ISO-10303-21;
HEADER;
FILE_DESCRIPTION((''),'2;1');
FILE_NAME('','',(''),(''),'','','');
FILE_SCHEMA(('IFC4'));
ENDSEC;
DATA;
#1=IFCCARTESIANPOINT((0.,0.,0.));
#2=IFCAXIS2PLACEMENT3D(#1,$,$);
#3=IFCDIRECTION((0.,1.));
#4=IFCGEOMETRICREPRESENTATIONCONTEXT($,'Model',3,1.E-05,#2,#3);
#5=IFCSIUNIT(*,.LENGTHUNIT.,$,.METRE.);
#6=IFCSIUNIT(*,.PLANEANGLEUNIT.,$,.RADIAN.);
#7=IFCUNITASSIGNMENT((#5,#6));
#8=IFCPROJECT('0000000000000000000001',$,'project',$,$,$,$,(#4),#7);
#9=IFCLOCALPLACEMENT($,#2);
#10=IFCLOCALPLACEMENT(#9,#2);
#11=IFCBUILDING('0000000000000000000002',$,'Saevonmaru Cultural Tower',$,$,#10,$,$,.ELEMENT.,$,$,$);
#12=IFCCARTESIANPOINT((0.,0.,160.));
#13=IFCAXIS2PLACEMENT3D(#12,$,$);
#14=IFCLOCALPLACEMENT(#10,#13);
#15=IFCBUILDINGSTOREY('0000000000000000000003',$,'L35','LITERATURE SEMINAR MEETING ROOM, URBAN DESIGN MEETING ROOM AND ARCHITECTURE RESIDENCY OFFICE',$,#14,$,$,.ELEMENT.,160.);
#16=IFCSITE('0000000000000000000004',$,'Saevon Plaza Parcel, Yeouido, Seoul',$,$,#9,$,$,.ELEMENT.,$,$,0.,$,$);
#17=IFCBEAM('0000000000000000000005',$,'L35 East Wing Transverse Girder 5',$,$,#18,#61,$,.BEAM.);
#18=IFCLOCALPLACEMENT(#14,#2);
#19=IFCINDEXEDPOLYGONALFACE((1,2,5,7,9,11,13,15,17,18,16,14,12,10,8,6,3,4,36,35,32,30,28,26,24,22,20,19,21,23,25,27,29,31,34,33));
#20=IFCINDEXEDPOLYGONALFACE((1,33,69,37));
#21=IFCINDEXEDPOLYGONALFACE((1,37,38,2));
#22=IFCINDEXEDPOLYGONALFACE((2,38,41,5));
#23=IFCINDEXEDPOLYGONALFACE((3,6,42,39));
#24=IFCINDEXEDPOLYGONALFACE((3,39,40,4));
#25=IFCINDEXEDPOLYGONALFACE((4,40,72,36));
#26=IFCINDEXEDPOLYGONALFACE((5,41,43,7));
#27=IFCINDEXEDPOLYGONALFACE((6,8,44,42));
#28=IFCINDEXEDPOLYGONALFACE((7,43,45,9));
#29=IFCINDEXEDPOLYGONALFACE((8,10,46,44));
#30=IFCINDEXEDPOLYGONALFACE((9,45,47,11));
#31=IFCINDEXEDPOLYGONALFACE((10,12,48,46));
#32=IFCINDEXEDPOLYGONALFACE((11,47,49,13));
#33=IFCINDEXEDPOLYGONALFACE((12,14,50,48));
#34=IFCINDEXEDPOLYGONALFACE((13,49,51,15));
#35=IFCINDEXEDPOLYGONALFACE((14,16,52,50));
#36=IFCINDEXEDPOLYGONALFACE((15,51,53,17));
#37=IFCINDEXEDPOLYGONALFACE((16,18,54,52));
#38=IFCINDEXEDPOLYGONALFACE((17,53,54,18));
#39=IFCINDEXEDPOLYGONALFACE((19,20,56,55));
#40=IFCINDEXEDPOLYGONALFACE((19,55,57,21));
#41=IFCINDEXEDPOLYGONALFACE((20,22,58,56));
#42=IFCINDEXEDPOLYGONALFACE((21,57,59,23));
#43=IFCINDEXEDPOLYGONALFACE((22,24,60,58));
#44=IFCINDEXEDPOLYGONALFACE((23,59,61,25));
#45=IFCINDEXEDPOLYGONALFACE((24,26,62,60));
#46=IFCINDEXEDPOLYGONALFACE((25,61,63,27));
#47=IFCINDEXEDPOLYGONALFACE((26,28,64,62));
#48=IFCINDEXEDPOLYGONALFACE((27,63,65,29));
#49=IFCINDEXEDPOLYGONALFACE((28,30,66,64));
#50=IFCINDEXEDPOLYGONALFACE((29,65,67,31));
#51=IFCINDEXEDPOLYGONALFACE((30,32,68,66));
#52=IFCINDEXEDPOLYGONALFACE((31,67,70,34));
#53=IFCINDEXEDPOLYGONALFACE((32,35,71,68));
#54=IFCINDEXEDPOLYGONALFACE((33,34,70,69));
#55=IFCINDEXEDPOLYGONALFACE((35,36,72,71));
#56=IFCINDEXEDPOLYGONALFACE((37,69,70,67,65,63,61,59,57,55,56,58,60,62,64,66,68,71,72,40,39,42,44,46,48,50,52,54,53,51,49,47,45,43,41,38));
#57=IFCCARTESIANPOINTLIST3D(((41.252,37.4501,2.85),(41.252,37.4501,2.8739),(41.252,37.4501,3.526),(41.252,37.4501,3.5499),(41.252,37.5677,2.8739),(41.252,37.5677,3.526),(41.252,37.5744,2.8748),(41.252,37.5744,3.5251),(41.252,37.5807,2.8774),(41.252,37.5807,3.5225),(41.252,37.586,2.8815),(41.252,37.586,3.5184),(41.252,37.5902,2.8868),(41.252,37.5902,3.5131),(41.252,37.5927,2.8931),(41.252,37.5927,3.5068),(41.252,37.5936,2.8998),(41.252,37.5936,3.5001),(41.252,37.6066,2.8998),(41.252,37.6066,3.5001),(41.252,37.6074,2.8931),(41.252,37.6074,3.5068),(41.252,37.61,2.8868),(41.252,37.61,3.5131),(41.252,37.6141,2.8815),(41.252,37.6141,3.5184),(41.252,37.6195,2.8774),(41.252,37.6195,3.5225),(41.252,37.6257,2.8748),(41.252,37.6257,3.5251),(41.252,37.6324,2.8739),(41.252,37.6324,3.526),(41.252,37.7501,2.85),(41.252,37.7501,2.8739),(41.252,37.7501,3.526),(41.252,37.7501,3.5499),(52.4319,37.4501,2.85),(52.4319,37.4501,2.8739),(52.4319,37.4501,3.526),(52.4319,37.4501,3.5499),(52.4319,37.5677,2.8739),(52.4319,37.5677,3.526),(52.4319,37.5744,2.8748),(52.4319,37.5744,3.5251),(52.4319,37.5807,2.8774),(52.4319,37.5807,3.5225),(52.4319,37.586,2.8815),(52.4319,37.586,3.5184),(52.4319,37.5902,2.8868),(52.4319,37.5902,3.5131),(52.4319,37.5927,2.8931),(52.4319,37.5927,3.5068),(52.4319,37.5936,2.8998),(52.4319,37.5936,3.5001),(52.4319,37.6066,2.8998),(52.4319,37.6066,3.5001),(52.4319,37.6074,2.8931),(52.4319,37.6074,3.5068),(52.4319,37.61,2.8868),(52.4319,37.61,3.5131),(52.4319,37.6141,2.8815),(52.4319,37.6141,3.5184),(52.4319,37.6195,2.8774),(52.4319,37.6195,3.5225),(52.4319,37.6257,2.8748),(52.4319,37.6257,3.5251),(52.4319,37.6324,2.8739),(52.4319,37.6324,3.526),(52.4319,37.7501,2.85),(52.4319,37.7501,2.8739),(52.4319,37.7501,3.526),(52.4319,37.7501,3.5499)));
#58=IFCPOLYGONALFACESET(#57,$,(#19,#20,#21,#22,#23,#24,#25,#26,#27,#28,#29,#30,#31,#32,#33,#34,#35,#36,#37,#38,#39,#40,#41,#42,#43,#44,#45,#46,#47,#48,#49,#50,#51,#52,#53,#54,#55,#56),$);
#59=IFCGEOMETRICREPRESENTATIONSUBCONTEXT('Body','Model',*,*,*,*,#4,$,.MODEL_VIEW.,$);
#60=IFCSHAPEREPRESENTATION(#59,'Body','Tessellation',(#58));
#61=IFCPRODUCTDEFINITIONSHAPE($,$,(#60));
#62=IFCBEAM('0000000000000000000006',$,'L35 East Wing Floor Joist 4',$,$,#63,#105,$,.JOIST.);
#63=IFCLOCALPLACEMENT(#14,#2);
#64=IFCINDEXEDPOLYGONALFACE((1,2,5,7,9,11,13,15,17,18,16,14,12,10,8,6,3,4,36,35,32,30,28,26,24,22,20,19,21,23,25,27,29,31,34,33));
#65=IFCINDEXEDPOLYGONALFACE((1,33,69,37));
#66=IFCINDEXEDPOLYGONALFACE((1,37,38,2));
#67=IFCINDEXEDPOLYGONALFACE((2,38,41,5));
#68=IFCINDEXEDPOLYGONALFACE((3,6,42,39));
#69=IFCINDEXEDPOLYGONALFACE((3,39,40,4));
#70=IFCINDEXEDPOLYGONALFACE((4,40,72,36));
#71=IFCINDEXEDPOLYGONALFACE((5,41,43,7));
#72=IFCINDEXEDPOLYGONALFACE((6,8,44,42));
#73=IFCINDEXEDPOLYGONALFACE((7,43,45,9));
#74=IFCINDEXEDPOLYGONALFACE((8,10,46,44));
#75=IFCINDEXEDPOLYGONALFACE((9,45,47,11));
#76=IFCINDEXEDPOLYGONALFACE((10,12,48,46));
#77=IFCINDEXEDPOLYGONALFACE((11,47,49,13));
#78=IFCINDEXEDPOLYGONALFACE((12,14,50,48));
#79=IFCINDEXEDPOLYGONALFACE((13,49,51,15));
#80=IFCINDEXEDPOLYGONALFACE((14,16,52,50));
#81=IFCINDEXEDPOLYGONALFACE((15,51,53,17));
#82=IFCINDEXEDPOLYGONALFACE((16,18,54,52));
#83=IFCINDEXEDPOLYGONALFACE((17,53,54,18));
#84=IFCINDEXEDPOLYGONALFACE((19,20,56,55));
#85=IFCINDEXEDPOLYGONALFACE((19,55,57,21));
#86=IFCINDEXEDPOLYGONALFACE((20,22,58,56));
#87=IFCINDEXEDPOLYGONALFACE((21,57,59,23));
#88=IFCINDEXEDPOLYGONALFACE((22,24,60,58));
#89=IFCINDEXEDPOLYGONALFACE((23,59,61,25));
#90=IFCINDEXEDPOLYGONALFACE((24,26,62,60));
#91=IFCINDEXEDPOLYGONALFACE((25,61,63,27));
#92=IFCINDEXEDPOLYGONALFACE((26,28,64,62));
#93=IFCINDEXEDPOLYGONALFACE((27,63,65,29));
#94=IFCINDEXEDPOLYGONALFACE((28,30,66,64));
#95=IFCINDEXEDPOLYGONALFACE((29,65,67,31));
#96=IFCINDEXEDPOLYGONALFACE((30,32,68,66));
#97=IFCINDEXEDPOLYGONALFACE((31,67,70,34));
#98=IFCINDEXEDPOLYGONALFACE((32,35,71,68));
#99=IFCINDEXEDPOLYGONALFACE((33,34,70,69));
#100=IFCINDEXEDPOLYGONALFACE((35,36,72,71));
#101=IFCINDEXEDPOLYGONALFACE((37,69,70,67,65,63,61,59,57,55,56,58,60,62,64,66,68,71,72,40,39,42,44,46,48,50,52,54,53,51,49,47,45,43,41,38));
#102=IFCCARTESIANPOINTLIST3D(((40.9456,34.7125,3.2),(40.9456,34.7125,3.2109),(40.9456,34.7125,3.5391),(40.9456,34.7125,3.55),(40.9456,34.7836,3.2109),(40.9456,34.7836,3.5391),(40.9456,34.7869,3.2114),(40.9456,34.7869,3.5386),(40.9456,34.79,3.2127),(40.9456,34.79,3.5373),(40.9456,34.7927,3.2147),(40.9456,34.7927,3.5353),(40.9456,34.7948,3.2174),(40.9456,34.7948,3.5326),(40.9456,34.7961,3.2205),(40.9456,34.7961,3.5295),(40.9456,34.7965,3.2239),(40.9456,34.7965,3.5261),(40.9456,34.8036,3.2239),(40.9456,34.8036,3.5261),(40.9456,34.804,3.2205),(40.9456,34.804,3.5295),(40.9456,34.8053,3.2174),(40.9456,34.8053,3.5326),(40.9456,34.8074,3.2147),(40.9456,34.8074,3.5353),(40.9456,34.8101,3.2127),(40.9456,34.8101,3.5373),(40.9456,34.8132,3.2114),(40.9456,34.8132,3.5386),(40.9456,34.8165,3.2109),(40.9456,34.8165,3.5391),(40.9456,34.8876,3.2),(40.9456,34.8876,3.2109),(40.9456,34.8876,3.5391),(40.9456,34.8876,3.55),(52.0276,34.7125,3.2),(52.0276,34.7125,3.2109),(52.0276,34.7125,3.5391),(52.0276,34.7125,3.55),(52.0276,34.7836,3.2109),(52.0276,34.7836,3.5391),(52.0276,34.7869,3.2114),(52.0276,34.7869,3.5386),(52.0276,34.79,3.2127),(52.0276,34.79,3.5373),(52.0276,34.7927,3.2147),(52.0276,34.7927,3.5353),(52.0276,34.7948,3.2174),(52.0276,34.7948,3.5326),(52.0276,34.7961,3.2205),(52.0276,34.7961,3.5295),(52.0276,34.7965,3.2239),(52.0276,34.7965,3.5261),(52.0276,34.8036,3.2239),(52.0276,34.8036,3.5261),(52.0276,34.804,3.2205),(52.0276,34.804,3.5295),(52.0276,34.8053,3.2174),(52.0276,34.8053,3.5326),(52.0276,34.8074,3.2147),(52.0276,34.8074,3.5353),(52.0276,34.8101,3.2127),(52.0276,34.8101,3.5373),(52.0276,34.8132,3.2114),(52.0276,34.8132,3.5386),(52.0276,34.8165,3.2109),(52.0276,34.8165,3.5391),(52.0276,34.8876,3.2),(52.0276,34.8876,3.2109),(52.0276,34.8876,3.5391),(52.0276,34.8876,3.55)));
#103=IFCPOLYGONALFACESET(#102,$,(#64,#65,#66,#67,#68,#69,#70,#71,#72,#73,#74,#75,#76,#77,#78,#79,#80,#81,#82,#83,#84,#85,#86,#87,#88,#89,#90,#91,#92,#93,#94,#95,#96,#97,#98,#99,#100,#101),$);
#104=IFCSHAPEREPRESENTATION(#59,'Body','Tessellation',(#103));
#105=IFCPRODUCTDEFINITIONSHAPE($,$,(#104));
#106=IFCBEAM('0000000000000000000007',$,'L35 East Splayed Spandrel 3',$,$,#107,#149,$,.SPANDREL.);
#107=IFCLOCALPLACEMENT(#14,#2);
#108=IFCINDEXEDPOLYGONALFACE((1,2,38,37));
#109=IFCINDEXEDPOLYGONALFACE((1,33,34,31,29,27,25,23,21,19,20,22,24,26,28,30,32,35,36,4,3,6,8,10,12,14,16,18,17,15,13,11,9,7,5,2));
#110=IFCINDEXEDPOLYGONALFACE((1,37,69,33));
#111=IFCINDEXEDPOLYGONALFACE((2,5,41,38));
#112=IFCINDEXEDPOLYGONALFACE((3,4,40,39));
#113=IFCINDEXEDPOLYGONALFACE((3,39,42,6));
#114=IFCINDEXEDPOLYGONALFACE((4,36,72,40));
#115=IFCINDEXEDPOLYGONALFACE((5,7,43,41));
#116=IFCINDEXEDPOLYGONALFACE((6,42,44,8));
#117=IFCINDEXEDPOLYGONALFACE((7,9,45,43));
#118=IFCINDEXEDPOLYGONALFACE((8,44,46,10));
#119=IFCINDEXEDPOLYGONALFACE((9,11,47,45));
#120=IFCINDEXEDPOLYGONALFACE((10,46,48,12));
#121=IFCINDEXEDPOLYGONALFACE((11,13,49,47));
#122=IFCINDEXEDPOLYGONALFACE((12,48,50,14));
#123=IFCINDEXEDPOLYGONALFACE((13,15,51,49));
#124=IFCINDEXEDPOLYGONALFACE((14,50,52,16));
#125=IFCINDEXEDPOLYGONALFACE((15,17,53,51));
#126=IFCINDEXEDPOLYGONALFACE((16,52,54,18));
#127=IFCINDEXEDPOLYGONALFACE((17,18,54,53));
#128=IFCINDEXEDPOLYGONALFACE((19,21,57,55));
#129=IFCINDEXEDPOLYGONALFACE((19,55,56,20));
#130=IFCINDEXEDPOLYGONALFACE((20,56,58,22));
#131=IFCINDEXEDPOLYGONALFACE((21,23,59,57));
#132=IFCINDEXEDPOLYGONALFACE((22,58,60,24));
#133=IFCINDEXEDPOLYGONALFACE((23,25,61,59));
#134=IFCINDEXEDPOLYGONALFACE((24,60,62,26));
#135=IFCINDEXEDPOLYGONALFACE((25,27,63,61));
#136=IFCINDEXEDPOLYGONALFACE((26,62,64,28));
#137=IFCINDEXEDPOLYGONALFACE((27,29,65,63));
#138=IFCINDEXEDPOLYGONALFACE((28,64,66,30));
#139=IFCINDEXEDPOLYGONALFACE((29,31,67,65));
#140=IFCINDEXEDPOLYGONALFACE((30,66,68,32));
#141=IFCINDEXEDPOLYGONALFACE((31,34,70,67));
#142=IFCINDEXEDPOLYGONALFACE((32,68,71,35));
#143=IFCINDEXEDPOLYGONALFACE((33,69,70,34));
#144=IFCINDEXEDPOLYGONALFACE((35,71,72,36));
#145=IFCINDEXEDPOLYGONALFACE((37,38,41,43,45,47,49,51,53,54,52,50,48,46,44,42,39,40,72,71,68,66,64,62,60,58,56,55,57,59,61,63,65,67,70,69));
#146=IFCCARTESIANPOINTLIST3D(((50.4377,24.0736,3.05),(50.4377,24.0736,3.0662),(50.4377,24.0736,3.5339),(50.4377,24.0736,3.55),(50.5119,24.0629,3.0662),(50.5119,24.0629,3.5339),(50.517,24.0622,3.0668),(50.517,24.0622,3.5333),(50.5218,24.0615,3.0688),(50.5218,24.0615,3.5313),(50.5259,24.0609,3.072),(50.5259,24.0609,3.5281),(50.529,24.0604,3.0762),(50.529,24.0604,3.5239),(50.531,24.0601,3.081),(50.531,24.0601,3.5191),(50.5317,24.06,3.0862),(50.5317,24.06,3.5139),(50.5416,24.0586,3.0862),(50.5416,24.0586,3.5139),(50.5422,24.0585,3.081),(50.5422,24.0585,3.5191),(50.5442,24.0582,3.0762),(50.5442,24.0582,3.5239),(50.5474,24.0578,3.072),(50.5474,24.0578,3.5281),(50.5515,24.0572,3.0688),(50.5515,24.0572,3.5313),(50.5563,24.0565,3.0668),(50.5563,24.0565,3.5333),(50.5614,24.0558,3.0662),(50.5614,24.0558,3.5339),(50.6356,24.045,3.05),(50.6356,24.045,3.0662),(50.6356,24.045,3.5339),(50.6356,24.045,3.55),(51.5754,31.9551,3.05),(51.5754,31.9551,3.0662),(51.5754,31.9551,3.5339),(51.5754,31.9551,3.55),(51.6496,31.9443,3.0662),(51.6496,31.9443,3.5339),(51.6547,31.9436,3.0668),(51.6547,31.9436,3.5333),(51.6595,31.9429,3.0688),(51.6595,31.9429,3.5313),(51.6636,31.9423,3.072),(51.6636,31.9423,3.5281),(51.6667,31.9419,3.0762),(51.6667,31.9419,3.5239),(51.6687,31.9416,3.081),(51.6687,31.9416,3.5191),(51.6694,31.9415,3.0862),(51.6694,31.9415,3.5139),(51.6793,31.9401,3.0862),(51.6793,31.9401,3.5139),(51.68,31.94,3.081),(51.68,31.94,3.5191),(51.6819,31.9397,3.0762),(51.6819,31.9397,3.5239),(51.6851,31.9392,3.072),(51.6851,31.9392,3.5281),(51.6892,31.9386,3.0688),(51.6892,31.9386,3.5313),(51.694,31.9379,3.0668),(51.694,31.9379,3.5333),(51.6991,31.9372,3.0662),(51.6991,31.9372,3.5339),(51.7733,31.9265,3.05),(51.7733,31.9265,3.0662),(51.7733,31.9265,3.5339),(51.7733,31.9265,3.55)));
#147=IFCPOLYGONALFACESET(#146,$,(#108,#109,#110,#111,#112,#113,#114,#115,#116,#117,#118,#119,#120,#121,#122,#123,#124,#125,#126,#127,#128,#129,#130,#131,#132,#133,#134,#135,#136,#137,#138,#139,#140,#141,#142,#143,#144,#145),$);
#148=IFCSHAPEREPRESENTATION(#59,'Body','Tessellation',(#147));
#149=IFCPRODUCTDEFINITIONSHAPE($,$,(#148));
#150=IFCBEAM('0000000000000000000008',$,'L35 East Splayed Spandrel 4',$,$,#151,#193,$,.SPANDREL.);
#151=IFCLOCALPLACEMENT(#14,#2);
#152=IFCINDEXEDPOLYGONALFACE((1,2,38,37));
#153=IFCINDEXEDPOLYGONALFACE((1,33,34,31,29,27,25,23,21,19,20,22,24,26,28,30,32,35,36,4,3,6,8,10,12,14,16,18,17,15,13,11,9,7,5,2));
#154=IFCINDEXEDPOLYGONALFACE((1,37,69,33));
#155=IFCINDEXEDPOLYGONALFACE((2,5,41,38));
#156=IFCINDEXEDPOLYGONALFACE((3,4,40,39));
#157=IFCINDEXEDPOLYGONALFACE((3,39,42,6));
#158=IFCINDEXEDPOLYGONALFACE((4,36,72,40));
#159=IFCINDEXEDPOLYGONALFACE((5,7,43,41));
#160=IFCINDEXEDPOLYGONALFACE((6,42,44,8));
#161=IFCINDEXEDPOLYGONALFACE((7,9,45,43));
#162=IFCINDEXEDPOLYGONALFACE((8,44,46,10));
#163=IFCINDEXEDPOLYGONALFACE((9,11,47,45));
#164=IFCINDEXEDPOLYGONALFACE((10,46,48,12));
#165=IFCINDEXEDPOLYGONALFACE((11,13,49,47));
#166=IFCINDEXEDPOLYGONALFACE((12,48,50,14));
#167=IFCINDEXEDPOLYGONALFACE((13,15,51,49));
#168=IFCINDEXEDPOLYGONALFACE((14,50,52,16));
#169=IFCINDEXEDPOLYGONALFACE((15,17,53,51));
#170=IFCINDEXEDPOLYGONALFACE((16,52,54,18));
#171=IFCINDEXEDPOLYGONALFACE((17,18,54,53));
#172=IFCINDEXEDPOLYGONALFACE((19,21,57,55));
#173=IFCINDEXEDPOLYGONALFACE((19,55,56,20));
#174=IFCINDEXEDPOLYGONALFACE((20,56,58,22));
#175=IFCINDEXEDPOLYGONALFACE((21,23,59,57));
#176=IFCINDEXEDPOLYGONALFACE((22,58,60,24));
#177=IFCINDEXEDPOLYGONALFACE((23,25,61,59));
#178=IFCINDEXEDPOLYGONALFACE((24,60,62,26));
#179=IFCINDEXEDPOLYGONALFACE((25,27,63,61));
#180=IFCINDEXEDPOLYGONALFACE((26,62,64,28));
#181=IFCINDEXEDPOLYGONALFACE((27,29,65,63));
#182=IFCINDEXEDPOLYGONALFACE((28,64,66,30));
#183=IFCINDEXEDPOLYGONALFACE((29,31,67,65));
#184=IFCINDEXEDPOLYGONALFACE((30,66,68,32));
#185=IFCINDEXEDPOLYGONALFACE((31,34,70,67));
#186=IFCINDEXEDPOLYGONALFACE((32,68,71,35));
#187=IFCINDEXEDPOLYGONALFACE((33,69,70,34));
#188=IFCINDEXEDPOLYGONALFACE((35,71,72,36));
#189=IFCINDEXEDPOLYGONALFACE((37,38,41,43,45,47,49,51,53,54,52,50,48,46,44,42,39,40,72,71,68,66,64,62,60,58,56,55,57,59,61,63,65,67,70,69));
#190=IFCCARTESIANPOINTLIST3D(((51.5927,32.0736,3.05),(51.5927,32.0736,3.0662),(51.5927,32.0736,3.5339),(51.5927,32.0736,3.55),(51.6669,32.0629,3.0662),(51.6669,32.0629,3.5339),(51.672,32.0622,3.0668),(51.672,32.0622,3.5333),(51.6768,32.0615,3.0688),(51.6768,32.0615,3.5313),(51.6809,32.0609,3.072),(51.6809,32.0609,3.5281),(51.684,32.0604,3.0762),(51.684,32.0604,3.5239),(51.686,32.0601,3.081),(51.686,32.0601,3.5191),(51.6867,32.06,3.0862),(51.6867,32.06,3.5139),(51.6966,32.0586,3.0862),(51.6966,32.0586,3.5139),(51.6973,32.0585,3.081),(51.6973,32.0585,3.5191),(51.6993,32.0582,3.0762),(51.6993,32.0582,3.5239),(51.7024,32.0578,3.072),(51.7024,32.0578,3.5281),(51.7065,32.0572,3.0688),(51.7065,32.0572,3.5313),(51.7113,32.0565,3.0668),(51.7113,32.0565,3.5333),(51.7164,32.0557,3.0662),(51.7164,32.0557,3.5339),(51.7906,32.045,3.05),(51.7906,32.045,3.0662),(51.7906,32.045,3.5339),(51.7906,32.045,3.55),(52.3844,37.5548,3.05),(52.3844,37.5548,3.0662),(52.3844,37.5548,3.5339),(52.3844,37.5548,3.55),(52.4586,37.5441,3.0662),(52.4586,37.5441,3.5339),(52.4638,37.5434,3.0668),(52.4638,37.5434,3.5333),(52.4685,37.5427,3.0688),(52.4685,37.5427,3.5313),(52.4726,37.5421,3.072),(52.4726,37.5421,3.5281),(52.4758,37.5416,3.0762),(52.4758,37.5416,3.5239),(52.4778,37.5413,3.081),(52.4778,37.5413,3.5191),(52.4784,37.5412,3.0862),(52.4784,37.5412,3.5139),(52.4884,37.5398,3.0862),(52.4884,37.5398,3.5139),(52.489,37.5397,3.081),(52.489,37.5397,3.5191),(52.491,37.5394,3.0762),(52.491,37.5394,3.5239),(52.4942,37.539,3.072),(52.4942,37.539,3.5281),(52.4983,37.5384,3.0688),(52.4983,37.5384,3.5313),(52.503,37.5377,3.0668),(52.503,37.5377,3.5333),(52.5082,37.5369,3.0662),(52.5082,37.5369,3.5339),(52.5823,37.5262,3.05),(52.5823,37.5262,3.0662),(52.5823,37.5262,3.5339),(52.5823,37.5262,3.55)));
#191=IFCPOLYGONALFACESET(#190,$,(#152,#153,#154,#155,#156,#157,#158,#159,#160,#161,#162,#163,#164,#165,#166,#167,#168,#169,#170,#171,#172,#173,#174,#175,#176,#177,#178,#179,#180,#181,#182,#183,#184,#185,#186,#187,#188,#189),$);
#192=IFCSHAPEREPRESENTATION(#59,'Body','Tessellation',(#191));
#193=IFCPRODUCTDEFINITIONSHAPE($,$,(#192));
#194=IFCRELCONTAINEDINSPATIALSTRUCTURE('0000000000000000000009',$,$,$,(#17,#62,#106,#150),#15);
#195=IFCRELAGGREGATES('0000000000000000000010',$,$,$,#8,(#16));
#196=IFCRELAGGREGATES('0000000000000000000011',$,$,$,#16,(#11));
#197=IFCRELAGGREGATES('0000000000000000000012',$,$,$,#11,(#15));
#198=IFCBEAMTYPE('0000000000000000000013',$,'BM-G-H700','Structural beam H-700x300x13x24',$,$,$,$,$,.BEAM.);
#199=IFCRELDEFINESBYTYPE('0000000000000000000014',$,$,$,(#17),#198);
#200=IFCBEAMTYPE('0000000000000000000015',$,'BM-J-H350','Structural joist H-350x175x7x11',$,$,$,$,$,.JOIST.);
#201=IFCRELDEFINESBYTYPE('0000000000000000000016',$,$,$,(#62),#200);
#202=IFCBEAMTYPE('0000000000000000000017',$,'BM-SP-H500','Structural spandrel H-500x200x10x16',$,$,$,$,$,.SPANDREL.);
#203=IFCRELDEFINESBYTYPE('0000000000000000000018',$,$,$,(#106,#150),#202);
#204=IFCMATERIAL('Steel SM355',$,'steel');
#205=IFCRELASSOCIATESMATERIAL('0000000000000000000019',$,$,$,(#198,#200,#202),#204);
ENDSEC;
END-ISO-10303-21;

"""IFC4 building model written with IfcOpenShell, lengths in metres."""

from ifc_helpers import new_model, si_unit, direction, frame, origin, origin_2d, place, context, subcontext, project, spatial, i_section, extrude, material, material_profile, profile_set, type_object, element, save


model = new_model("IFC4")

# Units and contexts
model_context = context("Model", 3, precision=1e-05, world=origin(), true_north=direction((0.0, 1.0)))
body_context = subcontext(model_context, "Body", "Model", "MODEL_VIEW")
ifc_project = project(units=[si_unit("LENGTHUNIT", "METRE"), si_unit("PLANEANGLEUNIT", "RADIAN")], contexts=[model_context])

# Site, building, storey
site_placement = place(None, origin())
site = spatial("IfcSite", under=ifc_project, at=site_placement, Name="Saevon Plaza Parcel, Yeouido, Seoul", CompositionType="ELEMENT", RefElevation=0.0)
building_placement = place(site_placement, origin())
building = spatial("IfcBuilding", under=site, at=building_placement, Name="Saevonmaru Cultural Tower", CompositionType="ELEMENT")
storey_placement = place(building_placement, frame((0.0, 0.0, 160.0)))
storey = spatial("IfcBuildingStorey", under=building, at=storey_placement, Name="L35", Description="LITERATURE SEMINAR MEETING ROOM, URBAN DESIGN MEETING ROOM AND ARCHITECTURE RESIDENCY OFFICE", CompositionType="ELEMENT", Elevation=160.0)

# Shared definitions
ifc_material_1 = material(Name="Steel SM355", Category="steel")

# Beams
ifc_material_profile_1 = material_profile(ifc_material_1, i_section(OverallWidth=0.3, OverallDepth=0.7, WebThickness=0.0129, FlangeThickness=0.0239, FilletRadius=0.0259, at=origin_2d()), Name="H-700x300x13x24")
ifc_profile_set_1 = profile_set([ifc_material_profile_1], Name="Steel SM355")
beam_type_1 = type_object("IfcBeamType", Name="BM-G-H700", Description="Structural beam H-700x300x13x24", PredefinedType="BEAM", material=ifc_profile_set_1)
for number, where, z_axis, x_axis, name in (
    (1, (41.252, 37.6001, 3.2), (1.0, 0.0, 0.0), (0.0, 1.0, 0.0), "L35 East Wing Transverse Girder 5"),
):
    element("IfcBeam", number, at=place(storey_placement, frame(where, z_axis=z_axis, x_axis=x_axis)), inside=storey, type_object=beam_type_1, Name=name, PredefinedType="BEAM", context=body_context, shape_type="SweptSolid", body=[
        extrude(i_section(OverallWidth=0.3, OverallDepth=0.7, WebThickness=0.0129, FlangeThickness=0.0239, FilletRadius=0.0259, at=origin_2d()), origin(), (0.0, 0.0, 1.0), 11.1799),
    ])
ifc_material_profile_2 = material_profile(ifc_material_1, i_section(OverallWidth=0.175, OverallDepth=0.3501, WebThickness=0.0071, FlangeThickness=0.011, FilletRadius=0.0129, at=origin_2d()), Name="H-350x175x7x11")
ifc_profile_set_2 = profile_set([ifc_material_profile_2], Name="Steel SM355")
beam_type_2 = type_object("IfcBeamType", Name="BM-J-H350", Description="Structural joist H-350x175x7x11", PredefinedType="JOIST", material=ifc_profile_set_2)
beam_1_placement = place(storey_placement, frame((40.9456, 34.8, 3.375), z_axis=(1.0, 0.0, 0.0), x_axis=(0.0, 1.0, 0.0)))
element("IfcBeam", 2, at=beam_1_placement, inside=storey, type_object=beam_type_2, Name="L35 East Wing Floor Joist 4", PredefinedType="JOIST", context=body_context, shape_type="SweptSolid", body=[
    extrude(i_section(OverallWidth=0.175, OverallDepth=0.3501, WebThickness=0.0071, FlangeThickness=0.011, FilletRadius=0.0129, at=origin_2d()), origin(), (0.0, 0.0, 1.0), 11.082),
])
ifc_material_profile_3 = material_profile(ifc_material_1, i_section(OverallWidth=0.2, OverallDepth=0.5, WebThickness=0.01, FlangeThickness=0.0161, FilletRadius=0.02, at=origin_2d()), Name="H-500x200x10x16")
ifc_profile_set_3 = profile_set([ifc_material_profile_3], Name="Steel SM355")
beam_type_3 = type_object("IfcBeamType", Name="BM-SP-H500", Description="Structural spandrel H-500x200x10x16", PredefinedType="SPANDREL", material=ifc_profile_set_3)
beam_2_placement = place(storey_placement, frame((50.5366, 24.0593, 3.3), z_axis=(0.142872, 0.989741, 0.0), x_axis=(-0.989741, 0.142872, 0.0)))
element("IfcBeam", 3, at=beam_2_placement, inside=storey, type_object=beam_type_3, Name="L35 East Splayed Spandrel 3", PredefinedType="SPANDREL", context=body_context, shape_type="SweptSolid", body=[
    extrude(i_section(OverallWidth=0.2, OverallDepth=0.5, WebThickness=0.01, FlangeThickness=0.0161, FilletRadius=0.02, at=origin_2d()), origin(), (0.0, 0.0, 1.0), 7.9631),
])
beam_3_placement = place(storey_placement, frame((51.6917, 32.0593, 3.3), z_axis=(0.142964, 0.989728, 0.0), x_axis=(-0.989728, 0.142964, 0.0)))
element("IfcBeam", 4, at=beam_3_placement, inside=storey, type_object=beam_type_3, Name="L35 East Splayed Spandrel 4", PredefinedType="SPANDREL", context=body_context, shape_type="SweptSolid", body=[
    extrude(i_section(OverallWidth=0.2, OverallDepth=0.5, WebThickness=0.01, FlangeThickness=0.0161, FilletRadius=0.02, at=origin_2d()), origin(), (0.0, 0.0, 1.0), 5.5381),
])

save(model, "model.ifc")
